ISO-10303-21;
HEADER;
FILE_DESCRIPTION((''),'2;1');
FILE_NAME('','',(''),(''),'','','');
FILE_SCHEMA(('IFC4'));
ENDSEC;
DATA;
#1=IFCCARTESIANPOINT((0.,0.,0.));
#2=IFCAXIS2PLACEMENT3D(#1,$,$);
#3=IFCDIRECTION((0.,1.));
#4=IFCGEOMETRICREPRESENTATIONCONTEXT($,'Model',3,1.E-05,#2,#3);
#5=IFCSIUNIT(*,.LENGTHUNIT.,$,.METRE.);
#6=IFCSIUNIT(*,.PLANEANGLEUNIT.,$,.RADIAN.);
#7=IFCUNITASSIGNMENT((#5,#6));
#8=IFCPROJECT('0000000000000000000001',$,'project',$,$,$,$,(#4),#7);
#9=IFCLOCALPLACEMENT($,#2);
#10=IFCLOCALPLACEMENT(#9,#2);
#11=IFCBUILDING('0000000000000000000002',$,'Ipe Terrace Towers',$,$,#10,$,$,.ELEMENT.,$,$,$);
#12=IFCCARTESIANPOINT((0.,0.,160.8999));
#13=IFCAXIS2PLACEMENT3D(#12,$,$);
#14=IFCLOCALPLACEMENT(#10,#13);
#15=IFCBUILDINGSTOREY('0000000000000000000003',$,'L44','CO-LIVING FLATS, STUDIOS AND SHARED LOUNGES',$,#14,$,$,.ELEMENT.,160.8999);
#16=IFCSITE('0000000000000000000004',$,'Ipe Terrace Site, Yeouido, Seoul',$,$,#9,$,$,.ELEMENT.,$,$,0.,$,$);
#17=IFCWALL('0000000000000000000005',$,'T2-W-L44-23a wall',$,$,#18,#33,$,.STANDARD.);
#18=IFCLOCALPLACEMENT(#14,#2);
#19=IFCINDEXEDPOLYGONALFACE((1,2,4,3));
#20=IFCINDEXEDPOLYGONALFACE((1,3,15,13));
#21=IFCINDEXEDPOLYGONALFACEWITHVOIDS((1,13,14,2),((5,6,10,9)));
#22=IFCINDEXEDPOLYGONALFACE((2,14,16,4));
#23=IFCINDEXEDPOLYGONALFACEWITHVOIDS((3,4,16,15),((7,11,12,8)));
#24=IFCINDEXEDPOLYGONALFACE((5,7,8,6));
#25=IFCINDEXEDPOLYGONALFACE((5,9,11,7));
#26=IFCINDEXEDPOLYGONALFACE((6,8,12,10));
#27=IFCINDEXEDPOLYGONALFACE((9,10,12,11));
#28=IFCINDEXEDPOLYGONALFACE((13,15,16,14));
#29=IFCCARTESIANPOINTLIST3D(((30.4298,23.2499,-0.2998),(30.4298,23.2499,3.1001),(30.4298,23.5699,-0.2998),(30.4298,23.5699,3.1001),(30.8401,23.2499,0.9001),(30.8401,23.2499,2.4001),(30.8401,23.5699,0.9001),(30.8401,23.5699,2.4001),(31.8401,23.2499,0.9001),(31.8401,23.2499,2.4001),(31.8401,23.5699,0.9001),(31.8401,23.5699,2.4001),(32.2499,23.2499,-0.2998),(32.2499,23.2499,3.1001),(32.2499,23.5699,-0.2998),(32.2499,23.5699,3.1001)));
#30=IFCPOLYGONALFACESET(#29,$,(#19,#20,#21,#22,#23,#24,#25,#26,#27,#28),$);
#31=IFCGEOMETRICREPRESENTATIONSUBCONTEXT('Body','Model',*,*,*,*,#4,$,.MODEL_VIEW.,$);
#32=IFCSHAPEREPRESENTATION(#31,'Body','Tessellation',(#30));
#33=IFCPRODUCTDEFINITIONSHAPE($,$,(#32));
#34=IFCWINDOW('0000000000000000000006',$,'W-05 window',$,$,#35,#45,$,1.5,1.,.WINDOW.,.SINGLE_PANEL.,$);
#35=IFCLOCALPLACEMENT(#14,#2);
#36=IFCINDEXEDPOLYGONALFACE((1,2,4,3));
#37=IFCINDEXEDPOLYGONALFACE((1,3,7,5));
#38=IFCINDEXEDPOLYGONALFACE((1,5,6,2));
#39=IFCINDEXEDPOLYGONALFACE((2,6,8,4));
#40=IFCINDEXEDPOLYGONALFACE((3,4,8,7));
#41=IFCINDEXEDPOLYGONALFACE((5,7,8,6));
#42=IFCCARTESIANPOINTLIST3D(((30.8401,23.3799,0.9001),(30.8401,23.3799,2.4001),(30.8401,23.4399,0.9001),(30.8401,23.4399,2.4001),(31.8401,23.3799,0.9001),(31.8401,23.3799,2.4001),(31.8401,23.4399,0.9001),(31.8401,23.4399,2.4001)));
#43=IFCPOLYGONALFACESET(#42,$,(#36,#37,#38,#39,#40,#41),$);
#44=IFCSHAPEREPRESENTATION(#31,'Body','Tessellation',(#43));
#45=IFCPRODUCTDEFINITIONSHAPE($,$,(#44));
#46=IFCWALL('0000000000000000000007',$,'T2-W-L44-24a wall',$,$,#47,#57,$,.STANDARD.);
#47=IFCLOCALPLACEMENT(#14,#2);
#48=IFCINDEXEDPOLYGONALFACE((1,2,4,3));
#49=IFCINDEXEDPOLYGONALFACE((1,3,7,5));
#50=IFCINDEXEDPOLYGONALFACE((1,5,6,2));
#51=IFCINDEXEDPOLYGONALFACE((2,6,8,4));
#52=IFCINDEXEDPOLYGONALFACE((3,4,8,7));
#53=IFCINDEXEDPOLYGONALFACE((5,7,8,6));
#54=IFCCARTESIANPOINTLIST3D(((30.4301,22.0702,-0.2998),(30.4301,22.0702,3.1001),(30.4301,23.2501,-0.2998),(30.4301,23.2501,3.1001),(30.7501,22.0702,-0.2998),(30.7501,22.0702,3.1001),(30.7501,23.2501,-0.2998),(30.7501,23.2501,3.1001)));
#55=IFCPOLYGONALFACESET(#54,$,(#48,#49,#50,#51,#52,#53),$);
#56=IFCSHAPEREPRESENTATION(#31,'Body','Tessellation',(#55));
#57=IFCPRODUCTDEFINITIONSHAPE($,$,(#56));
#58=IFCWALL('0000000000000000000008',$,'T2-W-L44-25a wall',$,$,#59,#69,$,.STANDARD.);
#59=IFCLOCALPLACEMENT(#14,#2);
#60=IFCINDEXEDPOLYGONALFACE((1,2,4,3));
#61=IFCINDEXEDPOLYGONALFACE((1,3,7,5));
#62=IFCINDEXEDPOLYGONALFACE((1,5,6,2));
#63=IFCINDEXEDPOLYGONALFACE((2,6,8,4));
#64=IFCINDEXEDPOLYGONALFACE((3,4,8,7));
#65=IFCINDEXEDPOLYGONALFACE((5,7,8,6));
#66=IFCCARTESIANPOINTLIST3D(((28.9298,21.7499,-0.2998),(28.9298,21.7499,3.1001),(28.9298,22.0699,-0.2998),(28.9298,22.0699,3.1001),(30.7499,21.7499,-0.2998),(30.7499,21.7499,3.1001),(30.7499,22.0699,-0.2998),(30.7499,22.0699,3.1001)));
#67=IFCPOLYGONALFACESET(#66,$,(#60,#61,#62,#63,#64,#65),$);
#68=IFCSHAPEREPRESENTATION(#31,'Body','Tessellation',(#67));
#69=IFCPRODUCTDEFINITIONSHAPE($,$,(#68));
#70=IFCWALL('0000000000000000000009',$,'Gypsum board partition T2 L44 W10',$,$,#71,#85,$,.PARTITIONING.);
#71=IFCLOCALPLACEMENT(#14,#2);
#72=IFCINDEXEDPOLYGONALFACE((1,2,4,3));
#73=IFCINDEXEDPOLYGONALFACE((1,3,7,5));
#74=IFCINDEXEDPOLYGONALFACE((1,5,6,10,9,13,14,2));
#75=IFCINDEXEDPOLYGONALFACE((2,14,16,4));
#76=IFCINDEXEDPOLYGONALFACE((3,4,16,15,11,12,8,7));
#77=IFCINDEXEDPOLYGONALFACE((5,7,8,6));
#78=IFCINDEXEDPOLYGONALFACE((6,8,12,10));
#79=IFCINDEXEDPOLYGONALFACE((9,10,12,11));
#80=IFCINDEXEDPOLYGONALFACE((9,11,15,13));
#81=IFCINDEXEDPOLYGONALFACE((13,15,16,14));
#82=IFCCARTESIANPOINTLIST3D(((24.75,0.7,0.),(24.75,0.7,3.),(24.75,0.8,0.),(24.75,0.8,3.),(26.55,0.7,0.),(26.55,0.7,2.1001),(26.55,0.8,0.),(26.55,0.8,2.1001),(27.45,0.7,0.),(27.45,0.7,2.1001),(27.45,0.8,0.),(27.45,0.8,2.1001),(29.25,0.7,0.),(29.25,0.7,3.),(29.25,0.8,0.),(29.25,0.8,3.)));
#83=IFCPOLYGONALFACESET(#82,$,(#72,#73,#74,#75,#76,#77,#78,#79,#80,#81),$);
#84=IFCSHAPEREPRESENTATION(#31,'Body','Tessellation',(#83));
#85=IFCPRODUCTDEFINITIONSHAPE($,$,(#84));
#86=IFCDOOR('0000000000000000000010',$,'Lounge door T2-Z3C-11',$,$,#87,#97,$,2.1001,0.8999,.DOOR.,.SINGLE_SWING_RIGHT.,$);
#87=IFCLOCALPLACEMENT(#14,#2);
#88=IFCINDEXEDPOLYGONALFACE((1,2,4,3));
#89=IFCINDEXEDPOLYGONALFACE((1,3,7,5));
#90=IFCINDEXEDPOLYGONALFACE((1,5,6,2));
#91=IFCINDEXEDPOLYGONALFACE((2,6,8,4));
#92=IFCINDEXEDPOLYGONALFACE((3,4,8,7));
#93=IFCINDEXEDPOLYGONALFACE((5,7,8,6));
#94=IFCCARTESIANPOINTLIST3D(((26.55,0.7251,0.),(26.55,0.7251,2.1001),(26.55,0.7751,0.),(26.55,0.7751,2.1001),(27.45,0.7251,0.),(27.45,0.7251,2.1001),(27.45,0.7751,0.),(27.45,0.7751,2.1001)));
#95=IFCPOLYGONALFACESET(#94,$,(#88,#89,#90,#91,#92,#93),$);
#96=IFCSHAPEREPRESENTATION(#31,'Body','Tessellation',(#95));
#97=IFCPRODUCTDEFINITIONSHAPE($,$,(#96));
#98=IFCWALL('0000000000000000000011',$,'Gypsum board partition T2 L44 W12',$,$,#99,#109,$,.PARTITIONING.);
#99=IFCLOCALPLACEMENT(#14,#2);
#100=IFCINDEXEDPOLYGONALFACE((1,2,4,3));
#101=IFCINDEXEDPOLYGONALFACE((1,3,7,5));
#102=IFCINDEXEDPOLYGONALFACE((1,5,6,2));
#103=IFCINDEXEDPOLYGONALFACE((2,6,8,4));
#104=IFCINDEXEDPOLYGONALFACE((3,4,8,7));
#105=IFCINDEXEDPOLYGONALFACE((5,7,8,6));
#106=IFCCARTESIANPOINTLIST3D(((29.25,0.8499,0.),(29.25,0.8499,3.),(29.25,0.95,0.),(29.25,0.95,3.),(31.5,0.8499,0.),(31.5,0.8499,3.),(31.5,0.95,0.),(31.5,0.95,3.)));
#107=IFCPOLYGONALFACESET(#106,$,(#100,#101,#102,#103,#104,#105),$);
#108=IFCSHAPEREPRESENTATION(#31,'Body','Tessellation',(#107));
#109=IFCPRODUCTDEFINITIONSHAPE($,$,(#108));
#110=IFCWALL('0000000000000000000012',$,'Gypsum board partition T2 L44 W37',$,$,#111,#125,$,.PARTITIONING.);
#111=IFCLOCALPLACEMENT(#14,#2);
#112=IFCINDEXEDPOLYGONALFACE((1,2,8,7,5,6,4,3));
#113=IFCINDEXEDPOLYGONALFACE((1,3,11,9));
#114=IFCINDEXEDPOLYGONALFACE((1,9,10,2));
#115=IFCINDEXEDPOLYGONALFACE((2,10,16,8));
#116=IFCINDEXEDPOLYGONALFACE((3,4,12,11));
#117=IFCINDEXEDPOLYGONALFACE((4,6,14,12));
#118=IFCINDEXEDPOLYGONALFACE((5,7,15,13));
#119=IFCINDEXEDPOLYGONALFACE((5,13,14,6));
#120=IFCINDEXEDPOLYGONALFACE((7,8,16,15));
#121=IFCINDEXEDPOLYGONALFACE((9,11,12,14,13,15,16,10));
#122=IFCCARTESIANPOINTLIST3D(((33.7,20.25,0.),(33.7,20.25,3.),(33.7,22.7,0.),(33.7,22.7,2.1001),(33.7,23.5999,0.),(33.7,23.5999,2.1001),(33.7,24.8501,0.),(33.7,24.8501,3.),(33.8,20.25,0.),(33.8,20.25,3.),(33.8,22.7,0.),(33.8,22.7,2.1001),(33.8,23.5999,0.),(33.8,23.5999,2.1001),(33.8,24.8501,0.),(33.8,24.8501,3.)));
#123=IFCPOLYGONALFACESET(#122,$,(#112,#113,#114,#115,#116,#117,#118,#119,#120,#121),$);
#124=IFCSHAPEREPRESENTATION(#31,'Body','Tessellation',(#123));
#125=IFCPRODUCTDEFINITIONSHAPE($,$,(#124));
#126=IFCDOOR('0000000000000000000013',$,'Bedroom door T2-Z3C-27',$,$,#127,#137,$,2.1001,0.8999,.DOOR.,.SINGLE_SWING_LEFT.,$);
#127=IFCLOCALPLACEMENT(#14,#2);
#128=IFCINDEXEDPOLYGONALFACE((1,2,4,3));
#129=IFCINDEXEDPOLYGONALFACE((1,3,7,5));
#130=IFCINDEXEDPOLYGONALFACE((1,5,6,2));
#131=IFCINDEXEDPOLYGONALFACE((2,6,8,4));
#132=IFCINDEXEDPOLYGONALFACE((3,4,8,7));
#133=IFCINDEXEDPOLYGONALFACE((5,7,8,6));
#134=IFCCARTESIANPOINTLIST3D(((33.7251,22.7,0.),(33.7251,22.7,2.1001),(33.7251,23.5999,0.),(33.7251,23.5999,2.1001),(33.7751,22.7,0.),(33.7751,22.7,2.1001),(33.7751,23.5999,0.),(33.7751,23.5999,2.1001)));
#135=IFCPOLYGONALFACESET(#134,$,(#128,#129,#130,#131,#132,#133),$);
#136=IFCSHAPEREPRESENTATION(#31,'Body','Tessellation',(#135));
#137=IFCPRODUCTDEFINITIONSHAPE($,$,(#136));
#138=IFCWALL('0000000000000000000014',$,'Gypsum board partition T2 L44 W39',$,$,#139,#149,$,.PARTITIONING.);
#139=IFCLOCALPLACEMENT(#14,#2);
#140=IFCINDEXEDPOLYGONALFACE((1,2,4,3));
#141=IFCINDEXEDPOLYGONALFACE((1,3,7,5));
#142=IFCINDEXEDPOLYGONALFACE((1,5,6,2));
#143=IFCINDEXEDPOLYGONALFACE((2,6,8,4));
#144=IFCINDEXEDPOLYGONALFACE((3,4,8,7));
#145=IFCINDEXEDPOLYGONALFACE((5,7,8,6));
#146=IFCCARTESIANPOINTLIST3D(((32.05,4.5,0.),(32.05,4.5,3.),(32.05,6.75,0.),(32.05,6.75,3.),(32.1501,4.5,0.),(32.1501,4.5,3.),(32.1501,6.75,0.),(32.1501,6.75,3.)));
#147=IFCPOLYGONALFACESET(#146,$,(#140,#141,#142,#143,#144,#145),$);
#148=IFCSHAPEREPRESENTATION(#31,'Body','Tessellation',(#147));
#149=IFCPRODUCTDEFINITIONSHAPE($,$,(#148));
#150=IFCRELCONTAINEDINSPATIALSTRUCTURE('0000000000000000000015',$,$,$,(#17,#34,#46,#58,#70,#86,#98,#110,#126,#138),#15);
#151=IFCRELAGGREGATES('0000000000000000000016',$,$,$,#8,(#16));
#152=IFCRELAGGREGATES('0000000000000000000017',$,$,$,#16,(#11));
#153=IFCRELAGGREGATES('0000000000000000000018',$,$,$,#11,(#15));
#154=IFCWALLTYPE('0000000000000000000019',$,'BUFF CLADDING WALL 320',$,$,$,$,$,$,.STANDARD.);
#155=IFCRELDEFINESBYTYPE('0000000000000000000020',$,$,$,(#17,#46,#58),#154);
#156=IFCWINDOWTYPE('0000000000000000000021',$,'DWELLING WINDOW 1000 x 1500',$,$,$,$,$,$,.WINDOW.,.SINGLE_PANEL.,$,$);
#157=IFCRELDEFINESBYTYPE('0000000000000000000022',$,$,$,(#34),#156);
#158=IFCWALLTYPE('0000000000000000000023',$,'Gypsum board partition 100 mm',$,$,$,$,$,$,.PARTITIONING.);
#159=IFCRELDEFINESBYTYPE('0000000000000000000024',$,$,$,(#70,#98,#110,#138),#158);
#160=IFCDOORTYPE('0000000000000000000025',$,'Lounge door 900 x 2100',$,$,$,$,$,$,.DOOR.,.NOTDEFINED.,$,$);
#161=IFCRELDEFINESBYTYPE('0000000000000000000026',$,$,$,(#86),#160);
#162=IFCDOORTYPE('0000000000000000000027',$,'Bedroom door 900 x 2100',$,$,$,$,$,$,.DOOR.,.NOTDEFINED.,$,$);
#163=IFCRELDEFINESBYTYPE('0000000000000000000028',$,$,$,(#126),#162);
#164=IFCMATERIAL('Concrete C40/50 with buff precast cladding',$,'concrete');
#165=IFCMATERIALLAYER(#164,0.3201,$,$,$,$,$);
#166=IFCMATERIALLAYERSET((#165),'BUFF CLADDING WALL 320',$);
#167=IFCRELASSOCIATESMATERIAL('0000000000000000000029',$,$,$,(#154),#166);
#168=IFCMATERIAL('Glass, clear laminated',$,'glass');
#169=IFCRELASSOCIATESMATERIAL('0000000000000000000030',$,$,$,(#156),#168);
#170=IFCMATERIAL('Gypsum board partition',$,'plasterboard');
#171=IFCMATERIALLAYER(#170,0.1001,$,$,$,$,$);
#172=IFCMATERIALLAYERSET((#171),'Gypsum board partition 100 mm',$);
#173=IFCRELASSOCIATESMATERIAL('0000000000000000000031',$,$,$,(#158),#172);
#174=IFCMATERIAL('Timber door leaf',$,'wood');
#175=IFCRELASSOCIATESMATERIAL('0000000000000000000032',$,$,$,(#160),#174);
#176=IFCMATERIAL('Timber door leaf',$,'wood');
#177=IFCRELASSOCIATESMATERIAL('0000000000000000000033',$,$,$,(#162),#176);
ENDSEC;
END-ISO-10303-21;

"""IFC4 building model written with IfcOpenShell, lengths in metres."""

from ifc_helpers import new_model, si_unit, direction, frame, frame_2d, origin, place, context, subcontext, project, spatial, rectangle, extrude, material, layer, layer_set, type_object, element, fill, save


model = new_model("IFC4")

# Units and contexts
model_context = context("Model", 3, precision=1e-05, world=origin(), true_north=direction((0.0, 1.0)))
body_context = subcontext(model_context, "Body", "Model", "MODEL_VIEW")
ifc_project = project(units=[si_unit("LENGTHUNIT", "METRE"), si_unit("PLANEANGLEUNIT", "RADIAN")], contexts=[model_context])

# Site, building, storey
site_placement = place(None, origin())
site = spatial("IfcSite", under=ifc_project, at=site_placement, Name="Ipe Terrace Site, Yeouido, Seoul", CompositionType="ELEMENT", RefElevation=0.0)
building_placement = place(site_placement, origin())
building = spatial("IfcBuilding", under=site, at=building_placement, Name="Ipe Terrace Towers", CompositionType="ELEMENT")
storey_placement = place(building_placement, frame((0.0, 0.0, 160.8999)))
storey = spatial("IfcBuildingStorey", under=building, at=storey_placement, Name="L44", Description="CO-LIVING FLATS, STUDIOS AND SHARED LOUNGES", CompositionType="ELEMENT", Elevation=160.8999)

# Shared definitions
ifc_material_1 = material(Name="Concrete C40/50 with buff precast cladding", Category="concrete")
ifc_layer_1 = layer(ifc_material_1, 0.3201)
ifc_layer_set_1 = layer_set([ifc_layer_1], Name="BUFF CLADDING WALL 320")
wall_type_1 = type_object("IfcWallType", Name="BUFF CLADDING WALL 320", PredefinedType="STANDARD", material=ifc_layer_set_1)

# Wall, opening, window
wall_1_placement = place(storey_placement, frame((32.25, 23.4099, -0.2998), z_axis=(0.0, 0.0, 1.0), x_axis=(-1.0, 0.0, 0.0)))
wall_1 = element("IfcWall", 1, at=wall_1_placement, inside=storey, type_object=wall_type_1, Name="T2-W-L44-23a wall", PredefinedType="STANDARD", context=body_context, shape_type="SweptSolid", body=[
    extrude(rectangle(XDim=1.8201, YDim=0.3201, at=frame_2d((0.9102, 0.0))), origin(), (0.0, 0.0, 1.0), 3.3999),
])
opening_1_placement = place(wall_1_placement, frame((0.4099, 0.0, 1.2)))
opening_1 = element("IfcOpeningElement", 2, at=opening_1_placement, cuts=wall_1, PredefinedType="OPENING", context=body_context, shape_type="SweptSolid", body=[
    extrude(rectangle(XDim=1.0, YDim=1.5, at=frame_2d((0.5, 0.75))), frame((0.0, 0.1699, 0.0), z_axis=(0.0, -1.0, 0.0), x_axis=(1.0, 0.0, 0.0)), (0.0, 0.0, 1.0), 0.3401),
])
ifc_material_2 = material(Name="Glass, clear laminated", Category="glass")
window_type = type_object("IfcWindowType", Name="DWELLING WINDOW 1000 x 1500", PartitioningType="SINGLE_PANEL", PredefinedType="WINDOW", material=ifc_material_2)
window_placement = place(opening_1_placement, origin())
window = element("IfcWindow", 3, at=window_placement, inside=storey, type_object=window_type, Name="W-05 window", OverallHeight=1.5, OverallWidth=1.0, PartitioningType="SINGLE_PANEL", PredefinedType="WINDOW", context=body_context, shape_type="SweptSolid", body=[
    extrude(rectangle(XDim=1.0, YDim=1.5, at=frame_2d((0.5, 0.75))), frame((0.0, 0.03, 0.0), z_axis=(0.0, -1.0, 0.0), x_axis=(1.0, 0.0, 0.0)), (0.0, 0.0, 1.0), 0.0601),
])
fill(opening_1, window)

# Walls
wall_2_placement = place(storey_placement, frame((30.5901, 23.25, -0.2998), z_axis=(0.0, 0.0, 1.0), x_axis=(0.0, -1.0, 0.0)))
element("IfcWall", 4, at=wall_2_placement, inside=storey, type_object=wall_type_1, Name="T2-W-L44-24a wall", PredefinedType="STANDARD", context=body_context, shape_type="SweptSolid", body=[
    extrude(rectangle(XDim=1.1799, YDim=0.3201, at=frame_2d((0.5898, 0.0))), origin(), (0.0, 0.0, 1.0), 3.3999),
])
wall_3_placement = place(storey_placement, frame((30.75, 21.9099, -0.2998), z_axis=(0.0, 0.0, 1.0), x_axis=(-1.0, 0.0, 0.0)))
element("IfcWall", 5, at=wall_3_placement, inside=storey, type_object=wall_type_1, Name="T2-W-L44-25a wall", PredefinedType="STANDARD", context=body_context, shape_type="SweptSolid", body=[
    extrude(rectangle(XDim=1.8201, YDim=0.3201, at=frame_2d((0.9102, 0.0))), origin(), (0.0, 0.0, 1.0), 3.3999),
])

# Wall, opening, door
ifc_material_3 = material(Name="Gypsum board partition", Category="plasterboard")
ifc_layer_2 = layer(ifc_material_3, 0.1001)
ifc_layer_set_2 = layer_set([ifc_layer_2], Name="Gypsum board partition 100 mm")
wall_type_2 = type_object("IfcWallType", Name="Gypsum board partition 100 mm", PredefinedType="PARTITIONING", material=ifc_layer_set_2)
wall_4_placement = place(storey_placement, frame((29.25, 0.75, 0.0), z_axis=(0.0, 0.0, 1.0), x_axis=(-1.0, 0.0, 0.0)))
wall_4 = element("IfcWall", 6, at=wall_4_placement, inside=storey, type_object=wall_type_2, Name="Gypsum board partition T2 L44 W10", PredefinedType="PARTITIONING", context=body_context, shape_type="SweptSolid", body=[
    extrude(rectangle(XDim=4.5, YDim=0.1001, at=frame_2d((2.25, 0.0))), origin(), (0.0, 0.0, 1.0), 3.0),
])
opening_2_placement = place(wall_4_placement, frame((1.8, 0.0, 0.0)))
opening_2 = element("IfcOpeningElement", 7, at=opening_2_placement, cuts=wall_4, PredefinedType="OPENING", context=body_context, shape_type="SweptSolid", body=[
    extrude(rectangle(XDim=0.8999, YDim=2.1001, at=frame_2d((0.45, 1.05))), frame((0.0, 0.0601, 0.0), z_axis=(0.0, -1.0, 0.0), x_axis=(1.0, 0.0, 0.0)), (0.0, 0.0, 1.0), 0.1201),
])
ifc_material_4 = material(Name="Timber door leaf", Category="wood")
door_type_1 = type_object("IfcDoorType", Name="Lounge door 900 x 2100", OperationType="NOTDEFINED", PredefinedType="DOOR", material=ifc_material_4)
door_1_placement = place(opening_2_placement, origin())
door_1 = element("IfcDoor", 8, at=door_1_placement, inside=storey, type_object=door_type_1, Name="Lounge door T2-Z3C-11", OperationType="SINGLE_SWING_RIGHT", OverallHeight=2.1001, OverallWidth=0.8999, PredefinedType="DOOR", context=body_context, shape_type="SweptSolid", body=[
    extrude(rectangle(XDim=0.8999, YDim=2.1001, at=frame_2d((0.45, 1.05))), frame((0.0, 0.0249, 0.0), z_axis=(0.0, -1.0, 0.0), x_axis=(1.0, 0.0, 0.0)), (0.0, 0.0, 1.0), 0.05),
])
fill(opening_2, door_1)

# Wall
wall_5_placement = place(storey_placement, frame((31.5, 0.8999, 0.0), z_axis=(0.0, 0.0, 1.0), x_axis=(-1.0, 0.0, 0.0)))
element("IfcWall", 9, at=wall_5_placement, inside=storey, type_object=wall_type_2, Name="Gypsum board partition T2 L44 W12", PredefinedType="PARTITIONING", context=body_context, shape_type="SweptSolid", body=[
    extrude(rectangle(XDim=2.25, YDim=0.1001, at=frame_2d((1.125, 0.0))), origin(), (0.0, 0.0, 1.0), 3.0),
])

# Wall, opening, door
wall_6_placement = place(storey_placement, frame((33.75, 20.25, 0.0), z_axis=(0.0, 0.0, 1.0), x_axis=(0.0, 1.0, 0.0)))
wall_6 = element("IfcWall", 10, at=wall_6_placement, inside=storey, type_object=wall_type_2, Name="Gypsum board partition T2 L44 W37", PredefinedType="PARTITIONING", context=body_context, shape_type="SweptSolid", body=[
    extrude(rectangle(XDim=4.6001, YDim=0.1001, at=frame_2d((2.3, 0.0))), origin(), (0.0, 0.0, 1.0), 3.0),
])
opening_3_placement = place(wall_6_placement, frame((2.45, 0.0, 0.0)))
opening_3 = element("IfcOpeningElement", 11, at=opening_3_placement, cuts=wall_6, PredefinedType="OPENING", context=body_context, shape_type="SweptSolid", body=[
    extrude(rectangle(XDim=0.8999, YDim=2.1001, at=frame_2d((0.45, 1.05))), frame((0.0, 0.0601, 0.0), z_axis=(0.0, -1.0, 0.0), x_axis=(1.0, 0.0, 0.0)), (0.0, 0.0, 1.0), 0.1201),
])
ifc_material_5 = material(Name="Timber door leaf", Category="wood")
door_type_2 = type_object("IfcDoorType", Name="Bedroom door 900 x 2100", OperationType="NOTDEFINED", PredefinedType="DOOR", material=ifc_material_5)
door_2_placement = place(opening_3_placement, origin())
door_2 = element("IfcDoor", 12, at=door_2_placement, inside=storey, type_object=door_type_2, Name="Bedroom door T2-Z3C-27", OperationType="SINGLE_SWING_LEFT", OverallHeight=2.1001, OverallWidth=0.8999, PredefinedType="DOOR", context=body_context, shape_type="SweptSolid", body=[
    extrude(rectangle(XDim=0.8999, YDim=2.1001, at=frame_2d((0.45, 1.05))), frame((0.0, 0.0249, 0.0), z_axis=(0.0, -1.0, 0.0), x_axis=(1.0, 0.0, 0.0)), (0.0, 0.0, 1.0), 0.05),
])
fill(opening_3, door_2)

# Wall
wall_7_placement = place(storey_placement, frame((32.1001, 4.5, 0.0), z_axis=(0.0, 0.0, 1.0), x_axis=(0.0, 1.0, 0.0)))
element("IfcWall", 13, at=wall_7_placement, inside=storey, type_object=wall_type_2, Name="Gypsum board partition T2 L44 W39", PredefinedType="PARTITIONING", context=body_context, shape_type="SweptSolid", body=[
    extrude(rectangle(XDim=2.25, YDim=0.1001, at=frame_2d((1.125, 0.0))), origin(), (0.0, 0.0, 1.0), 3.0),
])

save(model, "model.ifc")
